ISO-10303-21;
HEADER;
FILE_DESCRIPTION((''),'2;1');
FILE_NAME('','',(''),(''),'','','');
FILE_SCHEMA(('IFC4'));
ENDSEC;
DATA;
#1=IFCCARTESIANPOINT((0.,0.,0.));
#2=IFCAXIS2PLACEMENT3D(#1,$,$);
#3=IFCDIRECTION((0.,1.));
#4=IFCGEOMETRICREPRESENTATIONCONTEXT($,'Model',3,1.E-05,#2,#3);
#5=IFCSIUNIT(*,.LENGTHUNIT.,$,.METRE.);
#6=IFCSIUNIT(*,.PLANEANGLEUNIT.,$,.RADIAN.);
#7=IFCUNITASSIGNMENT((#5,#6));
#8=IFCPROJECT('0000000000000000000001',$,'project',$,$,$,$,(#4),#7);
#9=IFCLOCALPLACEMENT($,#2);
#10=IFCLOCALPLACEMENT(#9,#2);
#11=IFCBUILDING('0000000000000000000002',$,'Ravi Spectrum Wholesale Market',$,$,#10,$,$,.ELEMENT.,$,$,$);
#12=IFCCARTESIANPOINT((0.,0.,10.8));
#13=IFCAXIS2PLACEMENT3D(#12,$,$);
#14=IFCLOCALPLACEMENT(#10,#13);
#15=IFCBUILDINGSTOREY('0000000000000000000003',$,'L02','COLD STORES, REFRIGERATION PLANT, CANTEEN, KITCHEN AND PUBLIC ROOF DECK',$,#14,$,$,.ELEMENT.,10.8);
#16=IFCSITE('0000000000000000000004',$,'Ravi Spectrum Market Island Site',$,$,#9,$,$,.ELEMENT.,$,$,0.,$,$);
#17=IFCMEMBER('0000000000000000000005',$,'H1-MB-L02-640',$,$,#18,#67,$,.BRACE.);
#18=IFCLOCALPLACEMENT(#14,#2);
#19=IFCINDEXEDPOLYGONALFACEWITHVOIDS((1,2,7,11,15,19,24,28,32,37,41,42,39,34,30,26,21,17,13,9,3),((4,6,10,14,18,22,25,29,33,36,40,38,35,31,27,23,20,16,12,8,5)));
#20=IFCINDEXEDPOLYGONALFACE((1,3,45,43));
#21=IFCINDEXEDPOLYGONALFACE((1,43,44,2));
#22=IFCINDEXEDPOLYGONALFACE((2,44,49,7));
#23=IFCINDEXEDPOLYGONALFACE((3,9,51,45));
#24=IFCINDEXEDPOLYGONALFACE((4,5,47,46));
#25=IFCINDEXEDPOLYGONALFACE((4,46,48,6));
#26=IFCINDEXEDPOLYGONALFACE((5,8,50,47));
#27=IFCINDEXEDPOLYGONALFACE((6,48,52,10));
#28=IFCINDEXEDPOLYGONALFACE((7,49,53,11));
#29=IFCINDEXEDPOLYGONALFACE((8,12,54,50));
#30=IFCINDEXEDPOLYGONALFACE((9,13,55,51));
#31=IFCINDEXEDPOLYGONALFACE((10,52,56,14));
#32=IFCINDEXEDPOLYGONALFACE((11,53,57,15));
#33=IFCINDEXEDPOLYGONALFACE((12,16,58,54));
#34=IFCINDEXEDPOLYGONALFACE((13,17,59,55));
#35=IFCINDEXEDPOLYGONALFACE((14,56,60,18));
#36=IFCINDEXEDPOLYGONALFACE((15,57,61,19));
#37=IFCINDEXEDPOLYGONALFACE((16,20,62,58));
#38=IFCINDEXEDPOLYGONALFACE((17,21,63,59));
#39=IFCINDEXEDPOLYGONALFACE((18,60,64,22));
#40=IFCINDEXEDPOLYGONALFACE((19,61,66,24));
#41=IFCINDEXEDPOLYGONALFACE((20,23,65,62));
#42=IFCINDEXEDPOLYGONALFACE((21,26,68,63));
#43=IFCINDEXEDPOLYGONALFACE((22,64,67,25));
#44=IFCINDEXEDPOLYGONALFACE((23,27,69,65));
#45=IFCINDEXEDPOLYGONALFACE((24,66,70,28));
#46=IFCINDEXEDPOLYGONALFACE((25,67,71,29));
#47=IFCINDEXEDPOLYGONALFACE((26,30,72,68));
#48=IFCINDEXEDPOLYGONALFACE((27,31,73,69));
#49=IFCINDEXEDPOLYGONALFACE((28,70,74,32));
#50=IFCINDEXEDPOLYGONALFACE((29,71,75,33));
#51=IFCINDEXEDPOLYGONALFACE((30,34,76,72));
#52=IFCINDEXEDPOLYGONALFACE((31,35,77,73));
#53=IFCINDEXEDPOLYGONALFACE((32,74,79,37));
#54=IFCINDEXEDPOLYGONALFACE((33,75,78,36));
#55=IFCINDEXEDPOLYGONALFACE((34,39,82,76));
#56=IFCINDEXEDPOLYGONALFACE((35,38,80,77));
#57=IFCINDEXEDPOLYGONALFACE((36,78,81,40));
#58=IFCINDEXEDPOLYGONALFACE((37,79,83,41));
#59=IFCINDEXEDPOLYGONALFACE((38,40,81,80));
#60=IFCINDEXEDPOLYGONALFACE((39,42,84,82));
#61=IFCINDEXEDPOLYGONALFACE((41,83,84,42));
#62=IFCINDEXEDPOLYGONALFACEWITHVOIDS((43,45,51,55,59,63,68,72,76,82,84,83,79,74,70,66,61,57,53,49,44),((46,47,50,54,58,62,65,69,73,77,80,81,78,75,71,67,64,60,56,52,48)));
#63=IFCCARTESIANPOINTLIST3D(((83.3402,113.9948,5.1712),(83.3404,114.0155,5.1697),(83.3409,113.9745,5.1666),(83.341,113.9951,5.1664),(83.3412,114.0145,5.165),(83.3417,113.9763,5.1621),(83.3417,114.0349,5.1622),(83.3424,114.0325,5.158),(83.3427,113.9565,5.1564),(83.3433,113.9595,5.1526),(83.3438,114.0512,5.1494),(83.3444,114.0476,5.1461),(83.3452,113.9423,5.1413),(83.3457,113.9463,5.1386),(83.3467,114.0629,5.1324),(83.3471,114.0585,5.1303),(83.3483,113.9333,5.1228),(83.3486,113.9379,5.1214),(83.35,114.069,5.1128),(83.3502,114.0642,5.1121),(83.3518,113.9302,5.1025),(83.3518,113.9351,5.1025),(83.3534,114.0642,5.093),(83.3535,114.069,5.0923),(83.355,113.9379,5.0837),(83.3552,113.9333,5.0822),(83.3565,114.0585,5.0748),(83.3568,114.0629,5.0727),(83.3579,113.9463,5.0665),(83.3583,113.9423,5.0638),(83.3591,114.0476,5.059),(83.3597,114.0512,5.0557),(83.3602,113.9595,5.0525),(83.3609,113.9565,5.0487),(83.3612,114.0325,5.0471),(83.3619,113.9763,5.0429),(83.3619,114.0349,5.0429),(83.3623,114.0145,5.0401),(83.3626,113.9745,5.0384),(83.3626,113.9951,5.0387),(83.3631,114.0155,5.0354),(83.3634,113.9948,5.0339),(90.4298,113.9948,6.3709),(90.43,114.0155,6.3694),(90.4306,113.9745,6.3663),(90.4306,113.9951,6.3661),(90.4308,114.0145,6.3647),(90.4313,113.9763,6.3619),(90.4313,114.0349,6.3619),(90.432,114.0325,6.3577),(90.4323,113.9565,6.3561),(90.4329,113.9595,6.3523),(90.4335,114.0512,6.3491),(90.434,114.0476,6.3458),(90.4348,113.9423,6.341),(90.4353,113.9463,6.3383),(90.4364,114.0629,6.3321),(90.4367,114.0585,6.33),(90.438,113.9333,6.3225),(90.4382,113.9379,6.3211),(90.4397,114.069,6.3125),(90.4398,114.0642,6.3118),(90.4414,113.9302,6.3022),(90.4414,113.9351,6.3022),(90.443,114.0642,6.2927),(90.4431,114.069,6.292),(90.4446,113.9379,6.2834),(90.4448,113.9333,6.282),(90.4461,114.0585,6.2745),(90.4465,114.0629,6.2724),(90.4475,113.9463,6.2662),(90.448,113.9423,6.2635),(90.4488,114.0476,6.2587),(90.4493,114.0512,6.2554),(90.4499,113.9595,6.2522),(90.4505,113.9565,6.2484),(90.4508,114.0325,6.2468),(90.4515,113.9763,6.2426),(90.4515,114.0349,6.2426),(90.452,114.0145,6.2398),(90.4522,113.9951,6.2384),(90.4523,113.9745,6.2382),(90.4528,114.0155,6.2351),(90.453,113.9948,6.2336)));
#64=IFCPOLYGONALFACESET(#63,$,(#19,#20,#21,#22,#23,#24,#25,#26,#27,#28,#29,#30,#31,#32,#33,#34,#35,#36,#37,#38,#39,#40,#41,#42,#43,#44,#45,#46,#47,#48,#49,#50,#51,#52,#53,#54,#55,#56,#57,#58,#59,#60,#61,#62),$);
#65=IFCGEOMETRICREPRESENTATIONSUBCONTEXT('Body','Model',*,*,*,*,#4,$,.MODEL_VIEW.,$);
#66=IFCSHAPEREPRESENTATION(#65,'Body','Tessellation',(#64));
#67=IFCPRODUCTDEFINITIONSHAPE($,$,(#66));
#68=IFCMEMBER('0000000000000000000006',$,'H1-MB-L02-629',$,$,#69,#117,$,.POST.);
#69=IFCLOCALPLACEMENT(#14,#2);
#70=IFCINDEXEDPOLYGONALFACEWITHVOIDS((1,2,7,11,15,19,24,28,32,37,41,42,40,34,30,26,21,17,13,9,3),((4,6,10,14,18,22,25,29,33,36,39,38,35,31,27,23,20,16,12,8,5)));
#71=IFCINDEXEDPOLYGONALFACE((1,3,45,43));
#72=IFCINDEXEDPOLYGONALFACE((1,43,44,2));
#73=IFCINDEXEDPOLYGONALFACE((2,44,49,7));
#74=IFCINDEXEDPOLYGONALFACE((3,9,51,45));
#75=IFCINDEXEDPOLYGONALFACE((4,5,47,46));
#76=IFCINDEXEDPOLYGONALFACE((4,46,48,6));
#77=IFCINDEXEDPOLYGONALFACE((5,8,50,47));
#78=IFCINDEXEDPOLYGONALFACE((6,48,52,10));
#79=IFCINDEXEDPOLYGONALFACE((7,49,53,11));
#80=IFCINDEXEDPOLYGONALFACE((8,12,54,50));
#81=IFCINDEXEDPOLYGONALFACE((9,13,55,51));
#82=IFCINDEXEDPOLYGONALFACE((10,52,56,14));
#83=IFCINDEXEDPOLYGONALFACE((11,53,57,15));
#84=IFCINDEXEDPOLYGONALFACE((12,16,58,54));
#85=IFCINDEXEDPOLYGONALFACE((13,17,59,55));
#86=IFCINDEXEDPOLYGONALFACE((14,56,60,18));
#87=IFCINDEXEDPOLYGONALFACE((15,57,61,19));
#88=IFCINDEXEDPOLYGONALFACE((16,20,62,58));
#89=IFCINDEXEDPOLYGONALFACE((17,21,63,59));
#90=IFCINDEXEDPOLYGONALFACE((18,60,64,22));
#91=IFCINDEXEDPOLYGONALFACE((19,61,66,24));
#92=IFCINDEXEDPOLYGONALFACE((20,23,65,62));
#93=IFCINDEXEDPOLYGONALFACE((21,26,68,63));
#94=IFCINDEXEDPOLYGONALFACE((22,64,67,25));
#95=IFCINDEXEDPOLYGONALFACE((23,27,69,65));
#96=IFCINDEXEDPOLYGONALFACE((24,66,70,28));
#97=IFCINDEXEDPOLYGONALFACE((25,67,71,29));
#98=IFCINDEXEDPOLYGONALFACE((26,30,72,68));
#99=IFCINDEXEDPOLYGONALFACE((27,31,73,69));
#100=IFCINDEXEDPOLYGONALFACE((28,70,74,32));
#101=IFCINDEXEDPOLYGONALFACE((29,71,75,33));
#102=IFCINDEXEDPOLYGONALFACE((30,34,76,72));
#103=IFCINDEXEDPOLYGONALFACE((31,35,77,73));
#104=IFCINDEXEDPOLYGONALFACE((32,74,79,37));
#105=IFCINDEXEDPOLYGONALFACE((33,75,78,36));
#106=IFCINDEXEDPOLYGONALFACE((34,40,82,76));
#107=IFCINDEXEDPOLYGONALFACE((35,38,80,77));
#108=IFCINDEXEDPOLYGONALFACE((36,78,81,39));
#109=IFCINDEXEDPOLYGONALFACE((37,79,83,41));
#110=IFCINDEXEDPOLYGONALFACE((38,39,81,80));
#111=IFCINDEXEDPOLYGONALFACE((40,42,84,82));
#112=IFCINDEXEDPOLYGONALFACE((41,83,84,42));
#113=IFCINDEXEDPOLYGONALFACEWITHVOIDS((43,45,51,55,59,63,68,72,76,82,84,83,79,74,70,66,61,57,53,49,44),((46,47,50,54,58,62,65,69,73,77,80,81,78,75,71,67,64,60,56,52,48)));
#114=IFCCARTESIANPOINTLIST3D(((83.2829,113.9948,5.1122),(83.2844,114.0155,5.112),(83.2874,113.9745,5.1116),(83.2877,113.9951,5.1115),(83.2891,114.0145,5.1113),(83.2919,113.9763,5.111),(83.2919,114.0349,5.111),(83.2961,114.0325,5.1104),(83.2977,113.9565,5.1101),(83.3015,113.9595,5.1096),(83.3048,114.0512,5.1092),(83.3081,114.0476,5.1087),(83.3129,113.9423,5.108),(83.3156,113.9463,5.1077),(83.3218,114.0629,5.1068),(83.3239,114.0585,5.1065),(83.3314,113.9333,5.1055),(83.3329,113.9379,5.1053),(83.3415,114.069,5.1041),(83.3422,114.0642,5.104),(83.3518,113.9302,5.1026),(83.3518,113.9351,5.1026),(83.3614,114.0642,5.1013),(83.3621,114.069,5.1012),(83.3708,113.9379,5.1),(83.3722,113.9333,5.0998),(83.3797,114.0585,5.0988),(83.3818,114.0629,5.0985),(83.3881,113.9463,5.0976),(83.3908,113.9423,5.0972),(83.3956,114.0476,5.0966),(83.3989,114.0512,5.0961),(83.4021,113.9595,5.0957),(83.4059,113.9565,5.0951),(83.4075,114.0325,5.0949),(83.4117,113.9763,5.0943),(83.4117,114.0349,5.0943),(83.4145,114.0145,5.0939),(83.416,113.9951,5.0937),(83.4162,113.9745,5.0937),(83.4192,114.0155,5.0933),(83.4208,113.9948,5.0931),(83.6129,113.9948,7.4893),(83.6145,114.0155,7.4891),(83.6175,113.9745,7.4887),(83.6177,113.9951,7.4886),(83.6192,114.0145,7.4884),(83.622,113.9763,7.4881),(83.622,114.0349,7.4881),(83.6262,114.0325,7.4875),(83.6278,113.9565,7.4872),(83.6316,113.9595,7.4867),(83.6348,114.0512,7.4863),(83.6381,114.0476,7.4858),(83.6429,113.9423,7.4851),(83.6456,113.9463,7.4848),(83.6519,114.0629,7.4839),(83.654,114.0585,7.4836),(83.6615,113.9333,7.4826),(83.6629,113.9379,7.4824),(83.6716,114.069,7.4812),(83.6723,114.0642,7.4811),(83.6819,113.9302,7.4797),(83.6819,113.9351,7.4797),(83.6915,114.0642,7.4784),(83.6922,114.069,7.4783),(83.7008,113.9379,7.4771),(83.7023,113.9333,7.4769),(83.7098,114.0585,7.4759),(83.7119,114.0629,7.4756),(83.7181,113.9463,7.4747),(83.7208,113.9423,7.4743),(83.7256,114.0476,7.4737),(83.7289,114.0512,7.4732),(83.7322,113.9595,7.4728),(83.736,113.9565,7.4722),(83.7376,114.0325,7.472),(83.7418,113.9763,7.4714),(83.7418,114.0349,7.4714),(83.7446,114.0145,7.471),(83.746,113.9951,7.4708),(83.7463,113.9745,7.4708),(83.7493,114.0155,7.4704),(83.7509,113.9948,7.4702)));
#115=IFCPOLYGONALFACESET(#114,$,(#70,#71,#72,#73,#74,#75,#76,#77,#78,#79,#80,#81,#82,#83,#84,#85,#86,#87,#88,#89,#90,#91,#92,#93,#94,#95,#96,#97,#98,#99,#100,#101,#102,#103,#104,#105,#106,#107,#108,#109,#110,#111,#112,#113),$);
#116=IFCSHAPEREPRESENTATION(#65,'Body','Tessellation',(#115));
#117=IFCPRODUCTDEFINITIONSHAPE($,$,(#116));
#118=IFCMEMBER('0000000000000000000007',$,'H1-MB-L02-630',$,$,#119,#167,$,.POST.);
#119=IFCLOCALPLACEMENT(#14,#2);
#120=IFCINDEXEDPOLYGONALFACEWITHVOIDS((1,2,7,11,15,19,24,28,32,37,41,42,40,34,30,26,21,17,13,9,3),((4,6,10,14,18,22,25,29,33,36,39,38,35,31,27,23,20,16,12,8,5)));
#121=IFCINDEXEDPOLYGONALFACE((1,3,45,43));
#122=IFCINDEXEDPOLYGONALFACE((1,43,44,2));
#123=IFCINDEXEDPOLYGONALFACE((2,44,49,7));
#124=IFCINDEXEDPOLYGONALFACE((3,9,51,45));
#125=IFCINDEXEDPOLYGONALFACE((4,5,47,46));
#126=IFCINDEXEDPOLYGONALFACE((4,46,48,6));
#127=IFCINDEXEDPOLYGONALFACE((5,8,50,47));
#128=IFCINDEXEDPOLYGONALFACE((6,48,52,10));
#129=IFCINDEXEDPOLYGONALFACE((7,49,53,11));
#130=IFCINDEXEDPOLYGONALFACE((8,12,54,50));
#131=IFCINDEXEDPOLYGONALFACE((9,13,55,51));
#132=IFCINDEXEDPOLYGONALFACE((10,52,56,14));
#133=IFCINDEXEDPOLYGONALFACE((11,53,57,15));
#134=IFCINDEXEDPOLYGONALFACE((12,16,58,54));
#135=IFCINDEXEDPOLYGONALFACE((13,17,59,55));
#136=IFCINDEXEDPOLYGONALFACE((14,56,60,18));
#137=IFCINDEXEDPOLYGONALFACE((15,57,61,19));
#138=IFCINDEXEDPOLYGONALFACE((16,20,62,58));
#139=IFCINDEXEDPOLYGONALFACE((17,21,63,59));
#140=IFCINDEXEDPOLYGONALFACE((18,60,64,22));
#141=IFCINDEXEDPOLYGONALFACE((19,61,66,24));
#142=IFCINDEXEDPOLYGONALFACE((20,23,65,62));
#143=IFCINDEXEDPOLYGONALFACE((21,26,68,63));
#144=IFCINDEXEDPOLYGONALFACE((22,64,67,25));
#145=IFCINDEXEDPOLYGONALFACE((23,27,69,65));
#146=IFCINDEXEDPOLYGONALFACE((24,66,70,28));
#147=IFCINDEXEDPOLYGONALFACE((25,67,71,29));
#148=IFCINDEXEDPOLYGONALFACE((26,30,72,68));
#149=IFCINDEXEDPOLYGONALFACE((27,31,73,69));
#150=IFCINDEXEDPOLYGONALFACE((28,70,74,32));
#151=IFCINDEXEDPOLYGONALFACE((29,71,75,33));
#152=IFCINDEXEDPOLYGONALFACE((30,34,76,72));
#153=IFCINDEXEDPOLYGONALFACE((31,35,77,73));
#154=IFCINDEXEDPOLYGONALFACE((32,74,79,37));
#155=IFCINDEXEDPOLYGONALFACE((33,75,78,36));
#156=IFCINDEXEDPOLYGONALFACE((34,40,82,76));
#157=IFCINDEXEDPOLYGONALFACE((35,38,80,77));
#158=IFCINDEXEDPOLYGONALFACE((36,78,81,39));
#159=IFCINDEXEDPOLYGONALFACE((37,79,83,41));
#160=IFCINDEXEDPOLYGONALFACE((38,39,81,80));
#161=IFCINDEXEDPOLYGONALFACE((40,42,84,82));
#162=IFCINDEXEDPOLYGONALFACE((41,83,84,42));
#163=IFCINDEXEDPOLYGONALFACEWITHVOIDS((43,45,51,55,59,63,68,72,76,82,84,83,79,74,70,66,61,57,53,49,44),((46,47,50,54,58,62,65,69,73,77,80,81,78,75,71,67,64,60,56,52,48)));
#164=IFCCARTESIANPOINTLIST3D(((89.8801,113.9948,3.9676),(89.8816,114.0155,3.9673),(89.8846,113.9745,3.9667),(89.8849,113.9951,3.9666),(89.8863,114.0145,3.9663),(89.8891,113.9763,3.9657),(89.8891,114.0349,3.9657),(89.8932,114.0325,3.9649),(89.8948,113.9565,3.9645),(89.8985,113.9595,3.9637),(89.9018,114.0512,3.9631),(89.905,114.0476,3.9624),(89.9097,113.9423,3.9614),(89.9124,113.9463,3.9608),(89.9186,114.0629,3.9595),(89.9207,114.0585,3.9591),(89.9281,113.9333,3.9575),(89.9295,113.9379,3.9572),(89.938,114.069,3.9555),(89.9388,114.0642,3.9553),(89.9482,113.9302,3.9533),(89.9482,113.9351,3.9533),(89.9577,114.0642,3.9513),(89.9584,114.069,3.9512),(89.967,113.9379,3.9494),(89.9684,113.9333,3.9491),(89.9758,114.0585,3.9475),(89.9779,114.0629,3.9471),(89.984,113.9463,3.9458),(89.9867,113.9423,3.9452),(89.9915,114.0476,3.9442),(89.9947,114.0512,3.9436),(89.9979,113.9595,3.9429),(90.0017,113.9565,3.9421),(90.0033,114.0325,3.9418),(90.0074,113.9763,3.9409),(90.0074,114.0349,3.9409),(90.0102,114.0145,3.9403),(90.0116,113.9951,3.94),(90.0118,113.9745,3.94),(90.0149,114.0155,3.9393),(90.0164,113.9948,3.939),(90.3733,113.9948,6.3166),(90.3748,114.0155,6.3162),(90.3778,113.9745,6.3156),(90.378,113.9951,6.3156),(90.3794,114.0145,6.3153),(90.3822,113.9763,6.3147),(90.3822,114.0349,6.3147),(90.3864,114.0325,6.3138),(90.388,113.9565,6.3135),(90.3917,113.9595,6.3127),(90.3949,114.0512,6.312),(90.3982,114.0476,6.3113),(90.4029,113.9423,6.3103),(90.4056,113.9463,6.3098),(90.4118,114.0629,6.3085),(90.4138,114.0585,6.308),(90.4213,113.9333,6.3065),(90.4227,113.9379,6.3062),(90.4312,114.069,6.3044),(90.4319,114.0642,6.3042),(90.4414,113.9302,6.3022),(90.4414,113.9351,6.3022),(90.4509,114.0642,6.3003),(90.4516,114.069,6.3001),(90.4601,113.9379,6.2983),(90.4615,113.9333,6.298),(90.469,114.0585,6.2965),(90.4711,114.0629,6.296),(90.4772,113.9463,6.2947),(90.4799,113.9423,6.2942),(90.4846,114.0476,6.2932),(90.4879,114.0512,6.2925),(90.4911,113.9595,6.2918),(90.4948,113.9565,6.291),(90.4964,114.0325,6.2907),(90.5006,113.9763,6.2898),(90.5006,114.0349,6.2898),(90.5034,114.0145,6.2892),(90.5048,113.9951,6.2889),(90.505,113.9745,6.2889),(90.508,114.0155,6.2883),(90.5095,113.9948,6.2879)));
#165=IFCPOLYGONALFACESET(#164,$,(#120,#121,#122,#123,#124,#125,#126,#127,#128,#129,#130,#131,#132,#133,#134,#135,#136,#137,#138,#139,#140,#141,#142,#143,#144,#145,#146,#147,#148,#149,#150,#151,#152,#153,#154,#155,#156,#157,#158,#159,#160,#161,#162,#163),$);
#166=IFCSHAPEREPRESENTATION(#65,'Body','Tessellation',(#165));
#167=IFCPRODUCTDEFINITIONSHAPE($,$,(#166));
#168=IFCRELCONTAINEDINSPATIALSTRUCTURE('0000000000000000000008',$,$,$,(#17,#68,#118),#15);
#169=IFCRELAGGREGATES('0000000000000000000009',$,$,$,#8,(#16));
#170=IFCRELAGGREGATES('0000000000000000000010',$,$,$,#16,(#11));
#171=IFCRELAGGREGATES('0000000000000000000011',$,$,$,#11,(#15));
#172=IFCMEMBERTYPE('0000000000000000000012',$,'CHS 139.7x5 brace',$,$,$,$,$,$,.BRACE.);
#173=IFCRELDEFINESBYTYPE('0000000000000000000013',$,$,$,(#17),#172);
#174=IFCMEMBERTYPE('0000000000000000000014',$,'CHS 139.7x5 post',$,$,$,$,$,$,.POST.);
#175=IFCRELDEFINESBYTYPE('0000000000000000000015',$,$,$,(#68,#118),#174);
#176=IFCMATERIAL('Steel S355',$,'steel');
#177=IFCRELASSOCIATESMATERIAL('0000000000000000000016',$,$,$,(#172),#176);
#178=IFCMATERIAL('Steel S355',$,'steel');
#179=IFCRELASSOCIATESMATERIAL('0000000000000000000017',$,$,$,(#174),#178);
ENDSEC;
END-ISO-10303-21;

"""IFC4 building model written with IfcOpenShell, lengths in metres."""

from ifc_helpers import new_model, si_unit, direction, frame, origin, origin_2d, place, context, subcontext, project, spatial, hollow_circle, extrude, material, material_profile, profile_set, type_object, element, save


model = new_model("IFC4")

# Units and contexts
model_context = context("Model", 3, precision=1e-05, world=origin(), true_north=direction((0.0, 1.0)))
body_context = subcontext(model_context, "Body", "Model", "MODEL_VIEW")
ifc_project = project(units=[si_unit("LENGTHUNIT", "METRE"), si_unit("PLANEANGLEUNIT", "RADIAN")], contexts=[model_context])

# Site, building, storey
site_placement = place(None, origin())
site = spatial("IfcSite", under=ifc_project, at=site_placement, Name="Ravi Spectrum Market Island Site", CompositionType="ELEMENT", RefElevation=0.0)
building_placement = place(site_placement, origin())
building = spatial("IfcBuilding", under=site, at=building_placement, Name="Ravi Spectrum Wholesale Market", CompositionType="ELEMENT")
storey_placement = place(building_placement, frame((0.0, 0.0, 10.8)))
storey = spatial("IfcBuildingStorey", under=building, at=storey_placement, Name="L02", Description="COLD STORES, REFRIGERATION PLANT, CANTEEN, KITCHEN AND PUBLIC ROOF DECK", CompositionType="ELEMENT", Elevation=10.8)

# Members
ifc_material_1 = material(Name="Steel S355", Category="steel")
ifc_material_profile_1 = material_profile(ifc_material_1, hollow_circle(Radius=0.0698, WallThickness=0.0049, at=origin_2d()))
ifc_profile_set_1 = profile_set([ifc_material_profile_1], Name="Steel S355")
member_type_1 = type_object("IfcMemberType", Name="CHS 139.7x5 brace", PredefinedType="BRACE", material=ifc_profile_set_1)
member_1_placement = place(storey_placement, frame((90.4414, 114.0, 6.3022), z_axis=(-0.985983, 0.0, -0.166849), x_axis=(0.0, -1.0, 0.0)))
element("IfcMember", 1, at=member_1_placement, inside=storey, type_object=member_type_1, Name="H1-MB-L02-640", PredefinedType="BRACE", context=body_context, shape_type="SweptSolid", body=[
    extrude(hollow_circle(Radius=0.0698, WallThickness=0.0049, at=origin_2d()), origin(), (0.0, 0.0, 1.0), 7.1904),
])
ifc_material_2 = material(Name="Steel S355", Category="steel")
ifc_material_profile_2 = material_profile(ifc_material_2, hollow_circle(Radius=0.0698, WallThickness=0.0049, at=origin_2d()))
ifc_profile_set_2 = profile_set([ifc_material_profile_2], Name="Steel S355")
member_type_2 = type_object("IfcMemberType", Name="CHS 139.7x5 post", PredefinedType="POST", material=ifc_profile_set_2)
member_2_placement = place(storey_placement, frame((83.6819, 114.0, 7.4797), z_axis=(-0.137532, 0.0, -0.990497), x_axis=(0.0, -1.0, 0.0)))
element("IfcMember", 2, at=member_2_placement, inside=storey, type_object=member_type_2, Name="H1-MB-L02-629", PredefinedType="POST", context=body_context, shape_type="SweptSolid", body=[
    extrude(hollow_circle(Radius=0.0698, WallThickness=0.0049, at=origin_2d()), origin(), (0.0, 0.0, 1.0), 2.3999),
])
member_3_placement = place(storey_placement, frame((90.4414, 114.0, 6.3022), z_axis=(-0.205477, 0.0, -0.978662), x_axis=(0.0, -1.0, 0.0)))
element("IfcMember", 3, at=member_3_placement, inside=storey, type_object=member_type_2, Name="H1-MB-L02-630", PredefinedType="POST", context=body_context, shape_type="SweptSolid", body=[
    extrude(hollow_circle(Radius=0.0698, WallThickness=0.0049, at=origin_2d()), origin(), (0.0, 0.0, 1.0), 2.4001),
])

save(model, "model.ifc")
